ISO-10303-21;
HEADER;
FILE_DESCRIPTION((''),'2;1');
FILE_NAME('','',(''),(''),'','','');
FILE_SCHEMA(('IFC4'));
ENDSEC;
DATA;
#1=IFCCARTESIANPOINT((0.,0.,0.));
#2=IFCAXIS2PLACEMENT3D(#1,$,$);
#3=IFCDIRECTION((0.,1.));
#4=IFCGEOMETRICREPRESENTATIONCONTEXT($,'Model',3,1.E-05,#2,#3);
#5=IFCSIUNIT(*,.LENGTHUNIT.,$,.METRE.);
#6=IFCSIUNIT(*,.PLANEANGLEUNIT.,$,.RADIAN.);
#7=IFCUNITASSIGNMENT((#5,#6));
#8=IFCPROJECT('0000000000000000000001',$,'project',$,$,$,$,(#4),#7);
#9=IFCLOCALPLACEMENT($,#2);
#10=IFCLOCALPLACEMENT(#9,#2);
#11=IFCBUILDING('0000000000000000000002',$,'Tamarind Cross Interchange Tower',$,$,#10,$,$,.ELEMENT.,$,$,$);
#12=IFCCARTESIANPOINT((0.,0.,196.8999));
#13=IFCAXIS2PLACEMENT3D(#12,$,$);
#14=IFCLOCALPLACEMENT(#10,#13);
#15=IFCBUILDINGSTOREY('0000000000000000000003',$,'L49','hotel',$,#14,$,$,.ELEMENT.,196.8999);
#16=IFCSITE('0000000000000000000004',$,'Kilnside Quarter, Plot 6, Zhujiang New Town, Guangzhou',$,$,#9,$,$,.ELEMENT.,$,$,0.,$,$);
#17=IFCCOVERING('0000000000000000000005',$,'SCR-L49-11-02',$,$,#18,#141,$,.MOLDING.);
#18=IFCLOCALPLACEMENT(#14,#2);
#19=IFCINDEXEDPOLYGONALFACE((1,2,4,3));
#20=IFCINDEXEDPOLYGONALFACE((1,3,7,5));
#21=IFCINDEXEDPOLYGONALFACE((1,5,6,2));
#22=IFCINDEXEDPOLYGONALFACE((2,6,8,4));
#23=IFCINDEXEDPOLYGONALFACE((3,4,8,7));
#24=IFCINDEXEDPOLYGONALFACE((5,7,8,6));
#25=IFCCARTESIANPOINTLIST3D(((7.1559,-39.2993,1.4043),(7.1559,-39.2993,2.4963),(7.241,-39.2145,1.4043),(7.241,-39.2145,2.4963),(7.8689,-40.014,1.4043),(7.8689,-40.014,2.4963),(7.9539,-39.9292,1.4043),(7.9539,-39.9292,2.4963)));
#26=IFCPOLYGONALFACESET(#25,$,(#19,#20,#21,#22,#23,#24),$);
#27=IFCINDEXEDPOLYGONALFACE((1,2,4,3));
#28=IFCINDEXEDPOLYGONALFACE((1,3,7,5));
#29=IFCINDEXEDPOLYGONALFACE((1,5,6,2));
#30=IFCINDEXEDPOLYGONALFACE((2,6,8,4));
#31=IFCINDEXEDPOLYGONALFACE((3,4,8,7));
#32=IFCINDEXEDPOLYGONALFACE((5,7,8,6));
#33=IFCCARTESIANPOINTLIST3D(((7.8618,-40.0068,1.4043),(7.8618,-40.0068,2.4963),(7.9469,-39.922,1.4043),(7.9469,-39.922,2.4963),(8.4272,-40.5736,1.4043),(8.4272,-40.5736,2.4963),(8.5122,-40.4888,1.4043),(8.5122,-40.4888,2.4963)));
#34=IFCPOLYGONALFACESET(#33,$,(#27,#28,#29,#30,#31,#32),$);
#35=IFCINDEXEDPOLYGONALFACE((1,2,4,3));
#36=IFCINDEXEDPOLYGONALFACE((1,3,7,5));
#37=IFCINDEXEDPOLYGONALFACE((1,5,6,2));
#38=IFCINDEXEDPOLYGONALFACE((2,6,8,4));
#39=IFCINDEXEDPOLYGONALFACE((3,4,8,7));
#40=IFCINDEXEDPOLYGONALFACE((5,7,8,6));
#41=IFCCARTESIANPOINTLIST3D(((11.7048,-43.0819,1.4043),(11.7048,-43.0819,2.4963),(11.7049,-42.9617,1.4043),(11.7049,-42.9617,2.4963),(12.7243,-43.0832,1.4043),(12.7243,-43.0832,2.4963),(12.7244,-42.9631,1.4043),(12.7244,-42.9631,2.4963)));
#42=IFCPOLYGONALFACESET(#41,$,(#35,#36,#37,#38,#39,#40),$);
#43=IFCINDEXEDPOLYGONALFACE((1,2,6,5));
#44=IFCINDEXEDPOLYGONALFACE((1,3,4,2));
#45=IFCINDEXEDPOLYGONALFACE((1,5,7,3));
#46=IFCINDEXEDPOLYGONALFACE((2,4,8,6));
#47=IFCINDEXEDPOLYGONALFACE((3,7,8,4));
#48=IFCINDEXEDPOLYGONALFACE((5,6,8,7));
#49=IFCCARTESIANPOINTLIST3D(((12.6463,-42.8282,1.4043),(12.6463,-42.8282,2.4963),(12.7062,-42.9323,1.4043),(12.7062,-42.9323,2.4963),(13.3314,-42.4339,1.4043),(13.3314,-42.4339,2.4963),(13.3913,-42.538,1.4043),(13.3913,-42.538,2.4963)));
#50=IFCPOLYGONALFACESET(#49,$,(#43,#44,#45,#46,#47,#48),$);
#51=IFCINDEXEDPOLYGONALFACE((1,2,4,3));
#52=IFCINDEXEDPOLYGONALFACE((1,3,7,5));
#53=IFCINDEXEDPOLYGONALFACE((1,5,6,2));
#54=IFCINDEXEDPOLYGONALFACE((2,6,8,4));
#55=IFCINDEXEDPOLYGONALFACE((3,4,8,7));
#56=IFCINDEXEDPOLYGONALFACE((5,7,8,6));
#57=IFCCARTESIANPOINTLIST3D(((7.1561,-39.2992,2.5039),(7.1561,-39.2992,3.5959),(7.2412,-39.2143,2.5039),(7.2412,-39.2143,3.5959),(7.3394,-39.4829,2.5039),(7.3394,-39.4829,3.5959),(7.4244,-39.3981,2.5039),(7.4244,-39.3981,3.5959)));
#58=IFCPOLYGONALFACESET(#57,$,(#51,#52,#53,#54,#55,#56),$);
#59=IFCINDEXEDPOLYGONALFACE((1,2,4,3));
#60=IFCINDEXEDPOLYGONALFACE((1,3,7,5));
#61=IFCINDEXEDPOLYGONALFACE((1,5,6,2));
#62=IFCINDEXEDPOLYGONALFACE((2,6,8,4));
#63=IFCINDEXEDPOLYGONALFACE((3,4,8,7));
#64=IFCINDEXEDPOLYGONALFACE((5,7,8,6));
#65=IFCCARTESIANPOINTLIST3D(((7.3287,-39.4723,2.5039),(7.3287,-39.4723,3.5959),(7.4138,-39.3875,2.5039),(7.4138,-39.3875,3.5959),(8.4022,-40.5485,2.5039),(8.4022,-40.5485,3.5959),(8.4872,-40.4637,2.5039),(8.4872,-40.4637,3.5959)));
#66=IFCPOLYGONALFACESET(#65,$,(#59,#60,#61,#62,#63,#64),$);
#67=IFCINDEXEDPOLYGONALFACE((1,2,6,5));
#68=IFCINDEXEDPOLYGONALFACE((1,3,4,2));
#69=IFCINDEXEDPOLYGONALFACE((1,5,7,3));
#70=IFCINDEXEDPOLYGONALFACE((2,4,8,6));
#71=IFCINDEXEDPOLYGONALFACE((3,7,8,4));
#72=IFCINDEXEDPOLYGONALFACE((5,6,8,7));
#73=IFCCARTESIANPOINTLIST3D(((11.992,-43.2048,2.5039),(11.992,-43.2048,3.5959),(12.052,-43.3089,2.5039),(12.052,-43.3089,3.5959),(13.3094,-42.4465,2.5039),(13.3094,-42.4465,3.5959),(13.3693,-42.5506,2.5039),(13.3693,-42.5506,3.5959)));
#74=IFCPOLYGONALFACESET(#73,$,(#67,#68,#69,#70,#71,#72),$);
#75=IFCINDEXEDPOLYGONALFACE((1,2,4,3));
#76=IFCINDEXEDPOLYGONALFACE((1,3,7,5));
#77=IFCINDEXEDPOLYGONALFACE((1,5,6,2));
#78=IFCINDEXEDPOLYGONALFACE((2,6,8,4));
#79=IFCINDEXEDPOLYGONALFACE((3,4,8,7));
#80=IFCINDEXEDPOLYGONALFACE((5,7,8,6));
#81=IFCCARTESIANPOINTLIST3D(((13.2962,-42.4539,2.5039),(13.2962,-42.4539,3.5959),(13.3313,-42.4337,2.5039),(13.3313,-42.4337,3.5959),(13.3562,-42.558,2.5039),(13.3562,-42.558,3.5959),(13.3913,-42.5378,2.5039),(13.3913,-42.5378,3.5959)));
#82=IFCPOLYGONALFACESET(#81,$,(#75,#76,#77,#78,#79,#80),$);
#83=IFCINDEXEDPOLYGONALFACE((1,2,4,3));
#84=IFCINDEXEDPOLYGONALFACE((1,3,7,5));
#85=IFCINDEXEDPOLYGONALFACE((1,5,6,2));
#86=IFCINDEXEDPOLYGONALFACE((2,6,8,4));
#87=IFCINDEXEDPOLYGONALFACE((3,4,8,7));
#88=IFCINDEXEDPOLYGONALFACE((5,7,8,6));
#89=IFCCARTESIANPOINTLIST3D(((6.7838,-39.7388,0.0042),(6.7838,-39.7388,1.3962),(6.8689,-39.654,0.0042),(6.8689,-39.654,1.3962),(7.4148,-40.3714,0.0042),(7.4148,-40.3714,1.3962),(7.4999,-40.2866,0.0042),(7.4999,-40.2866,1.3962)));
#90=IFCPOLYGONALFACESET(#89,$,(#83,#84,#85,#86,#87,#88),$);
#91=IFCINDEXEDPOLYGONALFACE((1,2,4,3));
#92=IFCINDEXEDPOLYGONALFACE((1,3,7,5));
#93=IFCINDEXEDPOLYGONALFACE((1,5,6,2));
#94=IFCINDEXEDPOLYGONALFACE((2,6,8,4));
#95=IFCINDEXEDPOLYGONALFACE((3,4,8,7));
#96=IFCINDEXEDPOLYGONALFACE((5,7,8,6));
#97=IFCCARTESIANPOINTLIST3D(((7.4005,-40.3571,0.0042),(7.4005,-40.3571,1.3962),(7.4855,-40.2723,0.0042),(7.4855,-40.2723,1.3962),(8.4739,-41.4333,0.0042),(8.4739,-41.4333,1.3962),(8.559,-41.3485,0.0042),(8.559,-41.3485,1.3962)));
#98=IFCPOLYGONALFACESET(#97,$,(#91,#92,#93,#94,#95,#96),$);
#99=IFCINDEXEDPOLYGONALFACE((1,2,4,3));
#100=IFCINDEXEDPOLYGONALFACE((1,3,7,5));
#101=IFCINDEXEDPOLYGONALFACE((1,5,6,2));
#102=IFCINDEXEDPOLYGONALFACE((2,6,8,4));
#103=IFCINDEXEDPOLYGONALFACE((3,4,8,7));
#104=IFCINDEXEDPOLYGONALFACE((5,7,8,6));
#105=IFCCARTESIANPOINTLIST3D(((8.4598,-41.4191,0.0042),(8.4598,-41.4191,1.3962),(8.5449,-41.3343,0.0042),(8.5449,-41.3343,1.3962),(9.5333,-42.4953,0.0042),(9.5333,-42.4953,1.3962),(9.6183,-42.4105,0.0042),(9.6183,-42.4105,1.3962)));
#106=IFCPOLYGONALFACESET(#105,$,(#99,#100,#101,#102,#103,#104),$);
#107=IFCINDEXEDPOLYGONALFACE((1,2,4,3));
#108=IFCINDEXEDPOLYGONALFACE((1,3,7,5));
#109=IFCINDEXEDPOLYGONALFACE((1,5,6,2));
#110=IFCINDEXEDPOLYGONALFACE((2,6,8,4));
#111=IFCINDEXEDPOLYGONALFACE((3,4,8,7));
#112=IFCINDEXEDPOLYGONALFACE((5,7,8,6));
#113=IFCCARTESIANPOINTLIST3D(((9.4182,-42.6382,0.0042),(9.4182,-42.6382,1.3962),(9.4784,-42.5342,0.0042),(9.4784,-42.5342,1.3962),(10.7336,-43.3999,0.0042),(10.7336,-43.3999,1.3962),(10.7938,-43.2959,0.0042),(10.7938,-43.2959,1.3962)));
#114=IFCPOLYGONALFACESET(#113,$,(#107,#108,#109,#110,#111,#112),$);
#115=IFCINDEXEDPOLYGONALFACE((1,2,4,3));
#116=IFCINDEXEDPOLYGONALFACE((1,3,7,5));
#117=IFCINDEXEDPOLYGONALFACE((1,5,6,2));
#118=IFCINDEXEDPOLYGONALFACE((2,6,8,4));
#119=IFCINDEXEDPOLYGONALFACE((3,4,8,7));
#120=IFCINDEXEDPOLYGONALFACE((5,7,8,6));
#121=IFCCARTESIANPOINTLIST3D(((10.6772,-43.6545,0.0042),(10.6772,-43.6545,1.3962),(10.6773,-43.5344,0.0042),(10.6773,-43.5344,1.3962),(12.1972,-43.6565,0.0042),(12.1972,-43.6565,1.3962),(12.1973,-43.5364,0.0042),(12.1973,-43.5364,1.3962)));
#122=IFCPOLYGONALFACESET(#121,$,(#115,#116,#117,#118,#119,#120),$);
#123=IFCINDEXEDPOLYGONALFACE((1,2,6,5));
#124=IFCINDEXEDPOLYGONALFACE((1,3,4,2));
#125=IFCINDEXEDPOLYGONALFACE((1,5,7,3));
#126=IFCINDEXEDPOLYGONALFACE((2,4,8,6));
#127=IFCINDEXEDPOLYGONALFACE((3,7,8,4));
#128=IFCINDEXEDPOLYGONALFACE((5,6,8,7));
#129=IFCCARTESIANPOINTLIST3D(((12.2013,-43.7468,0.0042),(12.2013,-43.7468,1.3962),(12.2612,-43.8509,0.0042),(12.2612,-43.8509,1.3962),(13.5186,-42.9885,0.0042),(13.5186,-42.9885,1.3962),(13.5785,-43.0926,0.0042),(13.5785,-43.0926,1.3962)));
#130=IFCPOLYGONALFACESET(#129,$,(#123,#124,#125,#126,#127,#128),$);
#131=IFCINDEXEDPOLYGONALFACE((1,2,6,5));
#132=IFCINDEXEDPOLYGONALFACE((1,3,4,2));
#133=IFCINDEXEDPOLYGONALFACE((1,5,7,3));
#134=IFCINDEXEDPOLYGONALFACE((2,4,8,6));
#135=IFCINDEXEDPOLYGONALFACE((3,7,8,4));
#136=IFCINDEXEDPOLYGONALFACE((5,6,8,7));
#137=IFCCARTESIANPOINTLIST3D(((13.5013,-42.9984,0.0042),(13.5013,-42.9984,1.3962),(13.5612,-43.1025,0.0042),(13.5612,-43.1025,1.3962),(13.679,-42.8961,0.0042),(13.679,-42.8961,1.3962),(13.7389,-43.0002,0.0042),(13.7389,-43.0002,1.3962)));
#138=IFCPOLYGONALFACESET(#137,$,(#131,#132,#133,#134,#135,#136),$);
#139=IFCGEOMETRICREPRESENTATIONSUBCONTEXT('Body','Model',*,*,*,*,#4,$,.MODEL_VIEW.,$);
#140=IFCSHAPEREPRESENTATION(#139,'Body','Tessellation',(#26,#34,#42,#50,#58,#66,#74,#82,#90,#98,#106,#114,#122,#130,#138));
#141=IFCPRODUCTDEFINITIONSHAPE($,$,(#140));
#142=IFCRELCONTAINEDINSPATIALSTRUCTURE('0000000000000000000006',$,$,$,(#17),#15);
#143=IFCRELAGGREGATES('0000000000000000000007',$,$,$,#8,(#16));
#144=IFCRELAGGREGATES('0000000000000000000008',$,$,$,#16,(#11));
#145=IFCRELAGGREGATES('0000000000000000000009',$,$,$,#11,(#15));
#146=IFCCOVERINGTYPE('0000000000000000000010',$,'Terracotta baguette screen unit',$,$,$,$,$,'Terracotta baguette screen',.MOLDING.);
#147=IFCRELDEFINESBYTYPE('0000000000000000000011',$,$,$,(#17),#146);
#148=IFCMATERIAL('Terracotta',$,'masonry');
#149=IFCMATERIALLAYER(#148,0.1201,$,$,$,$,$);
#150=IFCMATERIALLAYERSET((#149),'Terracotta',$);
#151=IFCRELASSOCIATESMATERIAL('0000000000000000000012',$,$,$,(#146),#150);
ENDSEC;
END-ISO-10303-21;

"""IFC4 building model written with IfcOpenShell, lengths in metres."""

from ifc_helpers import new_model, si_unit, direction, frame, origin, origin_2d, place, context, subcontext, project, spatial, rectangle, extrude, material, layer, layer_set, type_object, element, save


model = new_model("IFC4")

# Units and contexts
model_context = context("Model", 3, precision=1e-05, world=origin(), true_north=direction((0.0, 1.0)))
body_context = subcontext(model_context, "Body", "Model", "MODEL_VIEW")
ifc_project = project(units=[si_unit("LENGTHUNIT", "METRE"), si_unit("PLANEANGLEUNIT", "RADIAN")], contexts=[model_context])

# Site, building, storey
site_placement = place(None, origin())
site = spatial("IfcSite", under=ifc_project, at=site_placement, Name="Kilnside Quarter, Plot 6, Zhujiang New Town, Guangzhou", CompositionType="ELEMENT", RefElevation=0.0)
building_placement = place(site_placement, origin())
building = spatial("IfcBuilding", under=site, at=building_placement, Name="Tamarind Cross Interchange Tower", CompositionType="ELEMENT")
storey_placement = place(building_placement, frame((0.0, 0.0, 196.8999)))
storey = spatial("IfcBuildingStorey", under=building, at=storey_placement, Name="L49", Description="hotel", CompositionType="ELEMENT", Elevation=196.8999)

# Covering
ifc_material_1 = material(Name="Terracotta", Category="masonry")
ifc_layer_1 = layer(ifc_material_1, 0.1201)
ifc_layer_set_1 = layer_set([ifc_layer_1], Name="Terracotta")
covering_type = type_object("IfcCoveringType", Name="Terracotta baguette screen unit", ElementType="Terracotta baguette screen", PredefinedType="MOLDING", material=ifc_layer_set_1)
covering_1_placement = place(storey_placement, origin())
element("IfcCovering", 1, at=covering_1_placement, inside=storey, type_object=covering_type, Name="SCR-L49-11-02", PredefinedType="MOLDING", context=body_context, shape_type="SweptSolid", body=[
    extrude(rectangle(XDim=1.0095, YDim=0.1201, at=origin_2d()), frame((7.5549, -39.6143, 1.4043), z_axis=(0.0, 0.0, 1.0), x_axis=(0.706198, -0.708015, 0.0)), (0.0, 0.0, 1.0), 1.092),
    extrude(rectangle(XDim=0.8005, YDim=0.1201, at=origin_2d()), frame((8.187, -40.2478, 1.4043), z_axis=(0.0, 0.0, 1.0), x_axis=(0.706198, -0.708015, 0.0)), (0.0, 0.0, 1.0), 1.092),
    extrude(rectangle(XDim=1.0195, YDim=0.1201, at=origin_2d()), frame((12.2146, -43.0225, 1.4043), z_axis=(0.0, 0.0, 1.0), x_axis=(0.999999, -0.001285, 0.0)), (0.0, 0.0, 1.0), 1.092),
    extrude(rectangle(XDim=0.7905, YDim=0.1201, at=origin_2d()), frame((13.0188, -42.6831, 1.4043), z_axis=(0.0, 0.0, 1.0), x_axis=(0.866667, 0.498887, 0.0)), (0.0, 0.0, 1.0), 1.092),
    extrude(rectangle(XDim=0.2595, YDim=0.1201, at=origin_2d()), frame((7.2903, -39.3486, 2.5039), z_axis=(0.0, 0.0, 1.0), x_axis=(0.706198, -0.708015, 0.0)), (0.0, 0.0, 1.0), 1.092),
    extrude(rectangle(XDim=1.52, YDim=0.1201, at=origin_2d()), frame((7.908, -39.968, 2.5039), z_axis=(0.0, 0.0, 1.0), x_axis=(0.706198, -0.708015, 0.0)), (0.0, 0.0, 1.0), 1.092),
    extrude(rectangle(XDim=1.52, YDim=0.1201, at=origin_2d()), frame((12.6807, -42.8777, 2.5039), z_axis=(0.0, 0.0, 1.0), x_axis=(0.866667, 0.498887, 0.0)), (0.0, 0.0, 1.0), 1.092),
    extrude(rectangle(XDim=0.0405, YDim=0.1201, at=origin_2d()), frame((13.3438, -42.4958, 2.5039), z_axis=(0.0, 0.0, 1.0), x_axis=(0.866667, 0.498887, 0.0)), (0.0, 0.0, 1.0), 1.092),
    extrude(rectangle(XDim=0.8936, YDim=0.1201, at=origin_2d()), frame((7.1418, -40.0127, 0.0042), z_axis=(0.0, 0.0, 1.0), x_axis=(0.706198, -0.708015, 0.0)), (0.0, 0.0, 1.0), 1.3921),
    extrude(rectangle(XDim=1.52, YDim=0.1201, at=origin_2d()), frame((7.9797, -40.8528, 0.0042), z_axis=(0.0, 0.0, 1.0), x_axis=(0.706198, -0.708015, 0.0)), (0.0, 0.0, 1.0), 1.3921),
    extrude(rectangle(XDim=1.52, YDim=0.1201, at=origin_2d()), frame((9.0391, -41.9148, 0.0042), z_axis=(0.0, 0.0, 1.0), x_axis=(0.706198, -0.708015, 0.0)), (0.0, 0.0, 1.0), 1.3921),
    extrude(rectangle(XDim=1.52, YDim=0.1201, at=origin_2d()), frame((10.106, -42.967, 0.0042), z_axis=(0.0, 0.0, 1.0), x_axis=(0.865382, -0.501112, 0.0)), (0.0, 0.0, 1.0), 1.3921),
    extrude(rectangle(XDim=1.52, YDim=0.1201, at=origin_2d()), frame((11.4373, -43.5955, 0.0042), z_axis=(0.0, 0.0, 1.0), x_axis=(0.999999, -0.001285, 0.0)), (0.0, 0.0, 1.0), 1.3921),
    extrude(rectangle(XDim=1.52, YDim=0.1201, at=origin_2d()), frame((12.8899, -43.4197, 0.0042), z_axis=(0.0, 0.0, 1.0), x_axis=(0.866667, 0.498887, 0.0)), (0.0, 0.0, 1.0), 1.3921),
    extrude(rectangle(XDim=0.2051, YDim=0.1201, at=origin_2d()), frame((13.6201, -42.9993, 0.0042), z_axis=(0.0, 0.0, 1.0), x_axis=(0.866667, 0.498887, 0.0)), (0.0, 0.0, 1.0), 1.3921),
])

save(model, "model.ifc")
